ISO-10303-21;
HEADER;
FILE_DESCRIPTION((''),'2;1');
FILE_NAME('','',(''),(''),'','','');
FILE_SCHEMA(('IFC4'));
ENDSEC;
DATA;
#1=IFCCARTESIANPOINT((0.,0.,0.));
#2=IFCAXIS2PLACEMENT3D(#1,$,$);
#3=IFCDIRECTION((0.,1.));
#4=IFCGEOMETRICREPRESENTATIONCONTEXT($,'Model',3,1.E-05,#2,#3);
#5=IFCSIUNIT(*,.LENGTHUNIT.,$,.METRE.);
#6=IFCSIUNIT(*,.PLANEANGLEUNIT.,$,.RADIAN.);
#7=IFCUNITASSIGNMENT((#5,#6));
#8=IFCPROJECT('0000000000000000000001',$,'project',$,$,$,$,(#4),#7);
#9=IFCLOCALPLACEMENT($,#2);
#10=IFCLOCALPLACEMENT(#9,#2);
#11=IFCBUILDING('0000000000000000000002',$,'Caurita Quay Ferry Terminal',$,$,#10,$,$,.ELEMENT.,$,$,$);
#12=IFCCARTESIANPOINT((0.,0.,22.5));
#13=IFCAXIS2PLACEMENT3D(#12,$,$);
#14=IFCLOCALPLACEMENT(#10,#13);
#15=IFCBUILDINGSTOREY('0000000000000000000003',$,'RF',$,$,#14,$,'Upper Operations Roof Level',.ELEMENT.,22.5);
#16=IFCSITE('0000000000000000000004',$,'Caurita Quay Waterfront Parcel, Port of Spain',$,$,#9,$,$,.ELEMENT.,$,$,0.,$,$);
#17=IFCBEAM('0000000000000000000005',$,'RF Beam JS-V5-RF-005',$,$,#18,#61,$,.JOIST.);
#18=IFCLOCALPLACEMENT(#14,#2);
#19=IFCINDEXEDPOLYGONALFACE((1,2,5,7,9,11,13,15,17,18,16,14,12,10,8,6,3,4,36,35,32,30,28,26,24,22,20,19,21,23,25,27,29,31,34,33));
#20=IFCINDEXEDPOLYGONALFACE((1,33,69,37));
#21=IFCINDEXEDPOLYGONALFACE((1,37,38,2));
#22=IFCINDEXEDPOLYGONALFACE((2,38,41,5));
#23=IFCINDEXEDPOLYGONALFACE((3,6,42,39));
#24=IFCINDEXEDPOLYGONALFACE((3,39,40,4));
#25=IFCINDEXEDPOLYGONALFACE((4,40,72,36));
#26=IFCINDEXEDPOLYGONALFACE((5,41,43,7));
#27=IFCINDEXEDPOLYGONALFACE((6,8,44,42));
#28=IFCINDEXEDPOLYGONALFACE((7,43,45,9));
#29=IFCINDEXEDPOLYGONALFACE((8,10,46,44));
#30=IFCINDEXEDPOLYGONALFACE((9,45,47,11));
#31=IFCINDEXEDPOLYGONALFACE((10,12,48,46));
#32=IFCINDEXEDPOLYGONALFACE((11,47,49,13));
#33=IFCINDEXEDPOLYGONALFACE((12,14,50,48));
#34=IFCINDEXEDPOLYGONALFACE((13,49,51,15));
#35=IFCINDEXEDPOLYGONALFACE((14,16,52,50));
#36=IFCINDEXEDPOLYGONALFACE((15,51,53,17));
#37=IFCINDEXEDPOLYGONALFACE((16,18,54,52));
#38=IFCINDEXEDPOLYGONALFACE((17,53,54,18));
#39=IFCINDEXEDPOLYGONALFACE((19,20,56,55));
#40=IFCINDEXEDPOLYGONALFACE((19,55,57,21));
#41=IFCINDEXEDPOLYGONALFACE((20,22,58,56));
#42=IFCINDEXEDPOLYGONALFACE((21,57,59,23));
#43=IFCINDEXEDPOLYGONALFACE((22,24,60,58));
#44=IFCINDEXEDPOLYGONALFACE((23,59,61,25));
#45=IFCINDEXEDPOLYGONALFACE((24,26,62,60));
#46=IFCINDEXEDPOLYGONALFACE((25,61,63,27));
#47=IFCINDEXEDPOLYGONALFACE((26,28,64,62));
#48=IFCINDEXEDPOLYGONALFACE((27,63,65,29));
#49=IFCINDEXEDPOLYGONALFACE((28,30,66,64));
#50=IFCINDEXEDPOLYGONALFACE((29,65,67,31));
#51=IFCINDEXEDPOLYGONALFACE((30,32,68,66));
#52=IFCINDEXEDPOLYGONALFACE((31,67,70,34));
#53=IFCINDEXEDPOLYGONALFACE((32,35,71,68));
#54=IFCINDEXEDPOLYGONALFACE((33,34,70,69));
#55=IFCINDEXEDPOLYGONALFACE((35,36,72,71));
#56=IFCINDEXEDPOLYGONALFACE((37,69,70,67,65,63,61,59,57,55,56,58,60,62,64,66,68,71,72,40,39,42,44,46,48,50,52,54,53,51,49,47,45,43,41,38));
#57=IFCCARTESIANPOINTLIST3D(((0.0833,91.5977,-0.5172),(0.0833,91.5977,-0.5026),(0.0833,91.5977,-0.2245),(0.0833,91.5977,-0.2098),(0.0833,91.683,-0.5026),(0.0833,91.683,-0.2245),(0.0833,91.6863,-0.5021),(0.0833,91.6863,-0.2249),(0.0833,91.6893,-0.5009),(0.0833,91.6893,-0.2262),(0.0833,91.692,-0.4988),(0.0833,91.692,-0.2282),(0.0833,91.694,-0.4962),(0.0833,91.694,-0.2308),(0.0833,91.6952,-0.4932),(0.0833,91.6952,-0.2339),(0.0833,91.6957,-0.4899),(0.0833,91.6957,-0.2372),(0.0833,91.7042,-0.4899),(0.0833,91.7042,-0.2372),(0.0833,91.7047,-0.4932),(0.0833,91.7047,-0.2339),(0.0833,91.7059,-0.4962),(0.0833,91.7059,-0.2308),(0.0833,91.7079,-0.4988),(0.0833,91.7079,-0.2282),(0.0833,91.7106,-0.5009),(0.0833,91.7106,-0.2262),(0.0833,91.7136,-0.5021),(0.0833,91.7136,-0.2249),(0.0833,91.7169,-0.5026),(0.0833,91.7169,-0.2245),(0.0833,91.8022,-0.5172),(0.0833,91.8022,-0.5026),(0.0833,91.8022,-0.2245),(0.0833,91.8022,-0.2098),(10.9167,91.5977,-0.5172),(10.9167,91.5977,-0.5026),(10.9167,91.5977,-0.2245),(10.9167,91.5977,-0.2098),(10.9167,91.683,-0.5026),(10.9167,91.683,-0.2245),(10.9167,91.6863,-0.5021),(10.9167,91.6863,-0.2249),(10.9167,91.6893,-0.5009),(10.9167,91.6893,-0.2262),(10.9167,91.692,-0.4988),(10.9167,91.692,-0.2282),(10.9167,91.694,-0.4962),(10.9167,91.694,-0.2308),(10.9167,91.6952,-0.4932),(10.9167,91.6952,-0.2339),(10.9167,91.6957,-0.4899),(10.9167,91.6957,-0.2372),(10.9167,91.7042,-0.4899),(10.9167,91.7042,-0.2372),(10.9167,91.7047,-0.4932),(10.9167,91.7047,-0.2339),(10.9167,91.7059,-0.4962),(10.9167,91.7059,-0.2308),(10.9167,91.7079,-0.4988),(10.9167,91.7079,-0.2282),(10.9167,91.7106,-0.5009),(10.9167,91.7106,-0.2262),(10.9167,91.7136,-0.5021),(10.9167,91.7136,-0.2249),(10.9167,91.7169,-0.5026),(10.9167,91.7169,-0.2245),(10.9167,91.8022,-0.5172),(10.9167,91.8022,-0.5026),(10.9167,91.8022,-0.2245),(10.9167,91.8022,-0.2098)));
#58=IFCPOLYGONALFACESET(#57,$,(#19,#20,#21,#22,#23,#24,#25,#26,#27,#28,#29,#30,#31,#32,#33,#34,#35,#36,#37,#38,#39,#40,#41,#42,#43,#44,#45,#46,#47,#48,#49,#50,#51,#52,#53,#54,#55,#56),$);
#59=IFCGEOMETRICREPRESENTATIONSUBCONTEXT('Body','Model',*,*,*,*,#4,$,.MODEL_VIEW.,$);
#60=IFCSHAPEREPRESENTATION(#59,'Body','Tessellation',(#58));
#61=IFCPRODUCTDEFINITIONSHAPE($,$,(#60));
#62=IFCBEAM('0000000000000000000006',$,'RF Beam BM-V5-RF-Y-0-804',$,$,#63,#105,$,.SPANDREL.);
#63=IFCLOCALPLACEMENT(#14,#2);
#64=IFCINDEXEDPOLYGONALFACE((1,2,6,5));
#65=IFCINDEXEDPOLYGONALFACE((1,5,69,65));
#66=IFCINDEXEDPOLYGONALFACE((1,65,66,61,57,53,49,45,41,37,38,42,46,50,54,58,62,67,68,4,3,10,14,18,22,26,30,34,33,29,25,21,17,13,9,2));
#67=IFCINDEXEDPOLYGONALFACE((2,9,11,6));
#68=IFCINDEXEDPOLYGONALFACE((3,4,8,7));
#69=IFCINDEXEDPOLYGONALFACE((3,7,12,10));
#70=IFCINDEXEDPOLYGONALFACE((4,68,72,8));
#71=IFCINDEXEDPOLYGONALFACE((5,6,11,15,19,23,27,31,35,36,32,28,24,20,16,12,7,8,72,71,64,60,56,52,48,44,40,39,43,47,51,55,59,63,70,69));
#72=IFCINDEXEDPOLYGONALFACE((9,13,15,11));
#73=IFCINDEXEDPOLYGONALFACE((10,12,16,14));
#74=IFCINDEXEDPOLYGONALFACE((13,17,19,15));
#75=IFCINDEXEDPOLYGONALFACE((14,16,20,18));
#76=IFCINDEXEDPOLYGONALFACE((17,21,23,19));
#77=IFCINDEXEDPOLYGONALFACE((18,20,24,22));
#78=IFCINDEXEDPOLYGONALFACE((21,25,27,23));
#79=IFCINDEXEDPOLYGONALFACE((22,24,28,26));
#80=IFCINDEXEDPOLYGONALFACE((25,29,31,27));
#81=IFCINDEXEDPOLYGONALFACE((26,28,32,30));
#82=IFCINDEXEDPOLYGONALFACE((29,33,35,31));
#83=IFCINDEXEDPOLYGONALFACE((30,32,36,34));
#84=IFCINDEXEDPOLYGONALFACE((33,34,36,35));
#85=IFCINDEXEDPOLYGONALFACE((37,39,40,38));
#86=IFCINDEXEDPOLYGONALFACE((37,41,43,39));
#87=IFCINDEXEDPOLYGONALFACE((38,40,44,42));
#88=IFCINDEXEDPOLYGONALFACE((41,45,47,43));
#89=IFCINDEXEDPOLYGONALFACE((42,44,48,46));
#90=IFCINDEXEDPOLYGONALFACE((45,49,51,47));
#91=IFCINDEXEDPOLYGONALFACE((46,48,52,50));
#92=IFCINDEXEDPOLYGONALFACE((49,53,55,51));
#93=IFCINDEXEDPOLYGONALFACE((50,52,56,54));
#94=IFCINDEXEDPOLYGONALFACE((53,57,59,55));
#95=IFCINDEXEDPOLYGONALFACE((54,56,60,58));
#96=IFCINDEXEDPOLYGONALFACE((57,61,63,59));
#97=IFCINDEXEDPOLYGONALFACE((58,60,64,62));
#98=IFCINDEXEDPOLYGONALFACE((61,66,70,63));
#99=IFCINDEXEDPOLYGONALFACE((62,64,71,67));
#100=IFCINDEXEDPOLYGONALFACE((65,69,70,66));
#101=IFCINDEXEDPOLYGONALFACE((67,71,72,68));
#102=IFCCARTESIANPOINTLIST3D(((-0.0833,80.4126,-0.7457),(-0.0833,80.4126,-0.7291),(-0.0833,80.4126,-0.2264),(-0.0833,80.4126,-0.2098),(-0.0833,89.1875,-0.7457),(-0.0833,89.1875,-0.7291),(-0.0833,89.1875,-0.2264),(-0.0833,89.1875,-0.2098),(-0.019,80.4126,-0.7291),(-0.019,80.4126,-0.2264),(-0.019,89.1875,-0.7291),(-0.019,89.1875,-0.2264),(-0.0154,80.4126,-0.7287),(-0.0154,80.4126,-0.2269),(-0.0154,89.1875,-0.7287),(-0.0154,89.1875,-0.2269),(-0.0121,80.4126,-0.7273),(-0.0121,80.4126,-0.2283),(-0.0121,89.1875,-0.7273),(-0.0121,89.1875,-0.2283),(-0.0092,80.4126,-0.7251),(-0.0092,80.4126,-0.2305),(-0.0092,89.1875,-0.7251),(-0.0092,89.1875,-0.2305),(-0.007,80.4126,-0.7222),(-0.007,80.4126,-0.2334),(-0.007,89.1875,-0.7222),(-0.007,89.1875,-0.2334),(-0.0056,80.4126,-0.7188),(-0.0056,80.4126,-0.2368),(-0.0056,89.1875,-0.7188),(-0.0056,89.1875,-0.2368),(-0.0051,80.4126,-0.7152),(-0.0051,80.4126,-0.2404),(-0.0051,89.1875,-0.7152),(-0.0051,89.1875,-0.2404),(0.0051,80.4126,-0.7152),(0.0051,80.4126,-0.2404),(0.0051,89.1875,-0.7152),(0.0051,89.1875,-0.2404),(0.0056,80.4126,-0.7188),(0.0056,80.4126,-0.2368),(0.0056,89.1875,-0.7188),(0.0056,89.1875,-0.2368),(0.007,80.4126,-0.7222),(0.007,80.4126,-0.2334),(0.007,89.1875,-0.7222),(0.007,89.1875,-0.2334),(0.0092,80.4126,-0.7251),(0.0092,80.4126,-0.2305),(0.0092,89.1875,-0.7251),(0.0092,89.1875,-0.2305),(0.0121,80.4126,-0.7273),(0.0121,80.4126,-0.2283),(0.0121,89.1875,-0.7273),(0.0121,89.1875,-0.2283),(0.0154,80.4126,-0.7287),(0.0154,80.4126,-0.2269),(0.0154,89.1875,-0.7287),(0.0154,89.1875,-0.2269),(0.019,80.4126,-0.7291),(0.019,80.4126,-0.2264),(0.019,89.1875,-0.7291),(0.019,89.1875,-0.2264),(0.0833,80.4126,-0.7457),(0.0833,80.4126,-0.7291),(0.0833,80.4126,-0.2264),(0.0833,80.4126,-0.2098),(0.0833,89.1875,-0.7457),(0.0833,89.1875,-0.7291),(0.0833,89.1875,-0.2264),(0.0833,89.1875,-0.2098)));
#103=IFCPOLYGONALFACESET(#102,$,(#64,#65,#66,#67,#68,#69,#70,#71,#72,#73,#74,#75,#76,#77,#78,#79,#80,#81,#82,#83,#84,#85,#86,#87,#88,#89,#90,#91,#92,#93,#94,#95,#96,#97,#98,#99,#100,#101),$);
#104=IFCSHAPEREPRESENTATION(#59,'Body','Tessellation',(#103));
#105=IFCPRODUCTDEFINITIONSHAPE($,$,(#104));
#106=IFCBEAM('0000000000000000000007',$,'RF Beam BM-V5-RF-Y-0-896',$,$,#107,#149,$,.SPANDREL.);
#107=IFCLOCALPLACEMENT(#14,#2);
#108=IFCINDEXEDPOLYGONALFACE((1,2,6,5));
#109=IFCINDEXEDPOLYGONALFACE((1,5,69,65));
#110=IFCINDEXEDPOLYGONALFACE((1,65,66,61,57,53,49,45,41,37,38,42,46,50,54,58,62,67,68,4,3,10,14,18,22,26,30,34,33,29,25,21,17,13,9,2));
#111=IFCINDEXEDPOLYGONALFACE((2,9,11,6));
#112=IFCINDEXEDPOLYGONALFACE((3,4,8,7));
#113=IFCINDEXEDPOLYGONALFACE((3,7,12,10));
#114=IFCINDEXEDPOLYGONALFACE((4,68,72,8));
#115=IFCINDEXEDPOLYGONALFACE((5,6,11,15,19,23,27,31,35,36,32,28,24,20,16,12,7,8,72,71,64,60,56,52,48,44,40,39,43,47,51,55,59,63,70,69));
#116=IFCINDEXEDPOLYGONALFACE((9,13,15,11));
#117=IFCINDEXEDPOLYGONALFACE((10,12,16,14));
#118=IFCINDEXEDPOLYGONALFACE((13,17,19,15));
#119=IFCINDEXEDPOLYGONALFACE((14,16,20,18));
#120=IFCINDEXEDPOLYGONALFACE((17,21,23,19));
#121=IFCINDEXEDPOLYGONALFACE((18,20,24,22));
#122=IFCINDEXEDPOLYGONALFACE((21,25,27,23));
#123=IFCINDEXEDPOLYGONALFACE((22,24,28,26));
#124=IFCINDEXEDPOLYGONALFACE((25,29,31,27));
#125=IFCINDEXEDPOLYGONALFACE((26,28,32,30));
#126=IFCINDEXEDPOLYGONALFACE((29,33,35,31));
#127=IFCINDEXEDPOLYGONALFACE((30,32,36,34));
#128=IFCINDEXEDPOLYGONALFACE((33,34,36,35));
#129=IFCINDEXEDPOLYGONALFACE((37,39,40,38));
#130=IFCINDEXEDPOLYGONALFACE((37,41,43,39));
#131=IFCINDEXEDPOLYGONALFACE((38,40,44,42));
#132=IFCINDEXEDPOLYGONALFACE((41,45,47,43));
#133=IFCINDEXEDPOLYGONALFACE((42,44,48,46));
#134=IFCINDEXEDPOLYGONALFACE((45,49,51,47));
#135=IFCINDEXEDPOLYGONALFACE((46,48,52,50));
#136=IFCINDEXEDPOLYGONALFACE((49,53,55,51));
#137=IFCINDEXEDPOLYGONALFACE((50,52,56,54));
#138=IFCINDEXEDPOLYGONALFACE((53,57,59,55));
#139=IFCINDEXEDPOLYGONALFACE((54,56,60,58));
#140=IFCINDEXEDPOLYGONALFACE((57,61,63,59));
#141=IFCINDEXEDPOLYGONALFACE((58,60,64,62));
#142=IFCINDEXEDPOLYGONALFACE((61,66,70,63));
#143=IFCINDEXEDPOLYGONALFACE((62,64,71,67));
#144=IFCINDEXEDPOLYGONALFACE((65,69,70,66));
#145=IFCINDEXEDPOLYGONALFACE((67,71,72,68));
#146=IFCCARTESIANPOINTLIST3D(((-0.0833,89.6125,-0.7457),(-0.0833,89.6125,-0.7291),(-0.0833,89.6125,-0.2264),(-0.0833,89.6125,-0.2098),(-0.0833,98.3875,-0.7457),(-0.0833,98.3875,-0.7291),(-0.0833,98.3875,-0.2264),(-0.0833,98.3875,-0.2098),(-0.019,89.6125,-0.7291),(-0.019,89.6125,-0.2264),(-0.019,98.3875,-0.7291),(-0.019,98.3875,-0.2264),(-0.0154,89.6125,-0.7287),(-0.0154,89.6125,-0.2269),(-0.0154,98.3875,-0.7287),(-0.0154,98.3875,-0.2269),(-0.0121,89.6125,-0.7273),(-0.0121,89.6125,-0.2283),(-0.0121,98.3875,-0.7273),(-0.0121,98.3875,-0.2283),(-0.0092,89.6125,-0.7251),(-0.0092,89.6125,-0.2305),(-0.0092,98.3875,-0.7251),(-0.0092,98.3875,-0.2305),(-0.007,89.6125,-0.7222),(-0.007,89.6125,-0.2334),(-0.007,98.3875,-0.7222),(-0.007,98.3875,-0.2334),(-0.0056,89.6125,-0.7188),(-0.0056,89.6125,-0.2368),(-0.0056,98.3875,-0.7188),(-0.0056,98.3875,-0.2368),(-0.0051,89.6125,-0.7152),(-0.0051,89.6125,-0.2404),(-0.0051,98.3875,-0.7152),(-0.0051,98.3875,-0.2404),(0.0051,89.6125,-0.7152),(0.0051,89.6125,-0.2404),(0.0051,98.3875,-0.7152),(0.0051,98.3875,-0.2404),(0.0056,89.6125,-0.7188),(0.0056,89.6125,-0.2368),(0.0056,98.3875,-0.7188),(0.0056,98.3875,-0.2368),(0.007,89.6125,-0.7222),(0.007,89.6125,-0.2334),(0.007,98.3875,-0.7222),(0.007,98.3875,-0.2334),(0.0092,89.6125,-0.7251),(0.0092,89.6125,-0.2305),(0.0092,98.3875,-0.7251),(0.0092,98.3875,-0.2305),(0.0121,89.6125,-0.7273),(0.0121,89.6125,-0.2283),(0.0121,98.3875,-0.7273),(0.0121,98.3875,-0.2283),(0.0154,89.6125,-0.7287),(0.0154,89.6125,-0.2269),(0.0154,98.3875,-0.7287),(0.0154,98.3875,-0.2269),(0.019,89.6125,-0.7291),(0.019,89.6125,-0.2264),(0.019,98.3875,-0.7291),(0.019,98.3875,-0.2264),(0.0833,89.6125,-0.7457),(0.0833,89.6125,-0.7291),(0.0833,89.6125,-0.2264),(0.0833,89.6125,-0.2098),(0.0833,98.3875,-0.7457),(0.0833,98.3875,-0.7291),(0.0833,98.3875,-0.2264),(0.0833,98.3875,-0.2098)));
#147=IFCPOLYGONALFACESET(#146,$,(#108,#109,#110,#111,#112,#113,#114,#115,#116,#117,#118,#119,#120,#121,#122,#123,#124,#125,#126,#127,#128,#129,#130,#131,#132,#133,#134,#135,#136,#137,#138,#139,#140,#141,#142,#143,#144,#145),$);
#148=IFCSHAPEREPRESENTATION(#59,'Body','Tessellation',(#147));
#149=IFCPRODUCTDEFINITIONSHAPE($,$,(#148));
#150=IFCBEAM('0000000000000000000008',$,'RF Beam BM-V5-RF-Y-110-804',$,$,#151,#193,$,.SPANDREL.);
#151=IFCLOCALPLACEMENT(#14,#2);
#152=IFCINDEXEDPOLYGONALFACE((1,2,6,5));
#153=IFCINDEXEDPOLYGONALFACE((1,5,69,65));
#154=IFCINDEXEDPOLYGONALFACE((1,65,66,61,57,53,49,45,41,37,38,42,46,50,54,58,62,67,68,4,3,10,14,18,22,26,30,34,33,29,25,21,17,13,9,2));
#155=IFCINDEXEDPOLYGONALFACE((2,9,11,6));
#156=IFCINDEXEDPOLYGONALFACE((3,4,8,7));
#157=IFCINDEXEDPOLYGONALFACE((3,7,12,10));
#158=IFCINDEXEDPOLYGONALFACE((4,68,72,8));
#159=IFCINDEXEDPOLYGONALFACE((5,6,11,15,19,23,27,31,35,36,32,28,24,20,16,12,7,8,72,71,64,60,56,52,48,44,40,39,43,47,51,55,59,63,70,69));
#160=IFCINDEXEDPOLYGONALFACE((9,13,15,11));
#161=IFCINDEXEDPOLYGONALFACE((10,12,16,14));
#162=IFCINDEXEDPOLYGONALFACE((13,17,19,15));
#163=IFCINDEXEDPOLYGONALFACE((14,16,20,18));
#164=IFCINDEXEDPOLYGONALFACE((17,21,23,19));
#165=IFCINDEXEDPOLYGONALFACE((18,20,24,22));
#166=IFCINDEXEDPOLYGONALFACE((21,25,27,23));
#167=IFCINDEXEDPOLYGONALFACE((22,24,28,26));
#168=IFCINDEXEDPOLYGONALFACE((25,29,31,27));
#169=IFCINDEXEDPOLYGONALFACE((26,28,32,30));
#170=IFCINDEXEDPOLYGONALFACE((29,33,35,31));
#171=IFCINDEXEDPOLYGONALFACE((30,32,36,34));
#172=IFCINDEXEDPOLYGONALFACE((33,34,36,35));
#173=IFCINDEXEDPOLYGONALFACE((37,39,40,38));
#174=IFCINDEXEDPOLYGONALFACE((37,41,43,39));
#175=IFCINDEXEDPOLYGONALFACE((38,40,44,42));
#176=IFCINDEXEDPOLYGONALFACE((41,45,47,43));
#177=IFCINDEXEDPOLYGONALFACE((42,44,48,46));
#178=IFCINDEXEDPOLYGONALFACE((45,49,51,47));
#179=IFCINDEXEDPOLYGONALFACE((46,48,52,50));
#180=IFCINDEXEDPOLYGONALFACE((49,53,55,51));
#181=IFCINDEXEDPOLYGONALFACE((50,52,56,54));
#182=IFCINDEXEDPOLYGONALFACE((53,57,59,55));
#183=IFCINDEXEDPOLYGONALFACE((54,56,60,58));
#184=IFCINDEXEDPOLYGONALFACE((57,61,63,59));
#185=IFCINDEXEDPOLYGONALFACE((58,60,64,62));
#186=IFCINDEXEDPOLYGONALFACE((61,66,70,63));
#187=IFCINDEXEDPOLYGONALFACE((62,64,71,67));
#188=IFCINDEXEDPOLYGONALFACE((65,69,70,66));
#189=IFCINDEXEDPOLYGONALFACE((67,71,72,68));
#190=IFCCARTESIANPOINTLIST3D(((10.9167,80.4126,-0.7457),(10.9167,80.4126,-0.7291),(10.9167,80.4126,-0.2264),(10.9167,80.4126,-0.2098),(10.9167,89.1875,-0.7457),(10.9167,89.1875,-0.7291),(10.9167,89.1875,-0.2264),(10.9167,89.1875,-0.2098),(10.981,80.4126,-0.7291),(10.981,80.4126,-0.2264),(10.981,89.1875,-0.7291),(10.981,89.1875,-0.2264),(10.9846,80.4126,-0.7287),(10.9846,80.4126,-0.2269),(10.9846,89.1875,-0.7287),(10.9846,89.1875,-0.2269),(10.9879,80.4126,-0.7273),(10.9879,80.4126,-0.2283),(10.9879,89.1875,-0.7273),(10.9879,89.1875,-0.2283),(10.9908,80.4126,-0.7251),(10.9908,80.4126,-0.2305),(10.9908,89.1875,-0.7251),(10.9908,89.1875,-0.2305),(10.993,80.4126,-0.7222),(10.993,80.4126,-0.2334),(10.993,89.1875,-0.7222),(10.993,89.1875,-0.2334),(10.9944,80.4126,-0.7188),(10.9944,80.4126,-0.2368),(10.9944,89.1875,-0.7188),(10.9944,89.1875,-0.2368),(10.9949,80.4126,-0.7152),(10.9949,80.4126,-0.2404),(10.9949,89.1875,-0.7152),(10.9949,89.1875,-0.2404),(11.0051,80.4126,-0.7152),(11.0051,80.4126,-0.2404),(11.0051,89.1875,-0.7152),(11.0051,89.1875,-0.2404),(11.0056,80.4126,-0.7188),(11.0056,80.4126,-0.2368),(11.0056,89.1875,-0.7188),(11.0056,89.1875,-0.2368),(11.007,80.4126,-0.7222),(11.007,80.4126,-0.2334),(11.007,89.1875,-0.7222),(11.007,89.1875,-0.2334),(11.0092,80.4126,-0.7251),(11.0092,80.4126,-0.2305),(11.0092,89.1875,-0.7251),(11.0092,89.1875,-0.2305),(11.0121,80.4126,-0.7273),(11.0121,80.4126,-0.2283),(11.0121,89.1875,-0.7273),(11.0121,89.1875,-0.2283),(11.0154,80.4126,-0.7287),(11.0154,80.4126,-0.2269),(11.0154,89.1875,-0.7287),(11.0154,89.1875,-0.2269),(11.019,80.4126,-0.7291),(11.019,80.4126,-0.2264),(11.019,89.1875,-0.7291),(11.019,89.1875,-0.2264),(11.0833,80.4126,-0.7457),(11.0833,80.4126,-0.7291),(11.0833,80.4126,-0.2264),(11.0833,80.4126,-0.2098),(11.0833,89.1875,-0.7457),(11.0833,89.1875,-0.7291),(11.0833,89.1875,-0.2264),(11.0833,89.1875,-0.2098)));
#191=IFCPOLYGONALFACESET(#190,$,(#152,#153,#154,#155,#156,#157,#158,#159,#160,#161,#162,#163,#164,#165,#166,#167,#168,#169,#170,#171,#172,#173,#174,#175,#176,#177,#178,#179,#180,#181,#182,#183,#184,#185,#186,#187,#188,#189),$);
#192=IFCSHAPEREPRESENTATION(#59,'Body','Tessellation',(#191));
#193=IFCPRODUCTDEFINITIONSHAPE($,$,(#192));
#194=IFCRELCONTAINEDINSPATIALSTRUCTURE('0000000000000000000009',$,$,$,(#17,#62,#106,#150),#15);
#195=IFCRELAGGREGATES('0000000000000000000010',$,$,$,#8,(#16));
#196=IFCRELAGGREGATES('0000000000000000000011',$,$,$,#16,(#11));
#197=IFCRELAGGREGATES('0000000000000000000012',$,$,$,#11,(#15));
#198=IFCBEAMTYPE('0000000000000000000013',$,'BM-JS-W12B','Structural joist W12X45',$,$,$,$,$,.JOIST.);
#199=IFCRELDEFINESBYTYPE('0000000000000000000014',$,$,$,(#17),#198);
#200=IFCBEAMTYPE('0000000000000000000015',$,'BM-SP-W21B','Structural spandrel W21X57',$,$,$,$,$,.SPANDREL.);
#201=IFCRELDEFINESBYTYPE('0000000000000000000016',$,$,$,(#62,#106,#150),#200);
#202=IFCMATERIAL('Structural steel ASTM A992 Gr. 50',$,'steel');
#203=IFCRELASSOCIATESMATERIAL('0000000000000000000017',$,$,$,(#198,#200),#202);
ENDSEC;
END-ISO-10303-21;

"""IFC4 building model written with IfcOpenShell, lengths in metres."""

from ifc_helpers import new_model, si_unit, direction, frame, origin, origin_2d, place, context, subcontext, project, spatial, i_section, extrude, material, material_profile, profile_set, type_object, element, save


model = new_model("IFC4")

# Units and contexts
model_context = context("Model", 3, precision=1e-05, world=origin(), true_north=direction((0.0, 1.0)))
body_context = subcontext(model_context, "Body", "Model", "MODEL_VIEW")
ifc_project = project(units=[si_unit("LENGTHUNIT", "METRE"), si_unit("PLANEANGLEUNIT", "RADIAN")], contexts=[model_context])

# Site, building, storey
site_placement = place(None, origin())
site = spatial("IfcSite", under=ifc_project, at=site_placement, Name="Caurita Quay Waterfront Parcel, Port of Spain", CompositionType="ELEMENT", RefElevation=0.0)
building_placement = place(site_placement, origin())
building = spatial("IfcBuilding", under=site, at=building_placement, Name="Caurita Quay Ferry Terminal", CompositionType="ELEMENT")
storey_placement = place(building_placement, frame((0.0, 0.0, 22.5)))
storey = spatial("IfcBuildingStorey", under=building, at=storey_placement, Name="RF", LongName="Upper Operations Roof Level", CompositionType="ELEMENT", Elevation=22.5)

# Beams
ifc_material_1 = material(Name="Structural steel ASTM A992 Gr. 50", Category="steel")
ifc_material_profile_1 = material_profile(ifc_material_1, i_section(OverallWidth=0.2046, OverallDepth=0.3074, WebThickness=0.0085, FlangeThickness=0.0146, FilletRadius=0.0127, at=origin_2d()), Name="W12X45")
ifc_profile_set_1 = profile_set([ifc_material_profile_1], Name="Structural steel ASTM A992 Gr. 50")
beam_type_1 = type_object("IfcBeamType", Name="BM-JS-W12B", Description="Structural joist W12X45", PredefinedType="JOIST", material=ifc_profile_set_1)
for number, where, z_axis, x_axis, name in (
    (1, (0.0833, 91.7, -0.3635), (1.0, 0.0, 0.0), (0.0, 1.0, 0.0), "RF Beam JS-V5-RF-005"),
):
    element("IfcBeam", number, at=place(storey_placement, frame(where, z_axis=z_axis, x_axis=x_axis)), inside=storey, type_object=beam_type_1, Name=name, PredefinedType="JOIST", context=body_context, shape_type="SweptSolid", body=[
        extrude(i_section(OverallWidth=0.2046, OverallDepth=0.3074, WebThickness=0.0085, FlangeThickness=0.0146, FilletRadius=0.0127, at=origin_2d()), origin(), (0.0, 0.0, 1.0), 10.8335),
    ])
ifc_material_profile_2 = material_profile(ifc_material_1, i_section(OverallWidth=0.1665, OverallDepth=0.5359, WebThickness=0.0103, FlangeThickness=0.0166, FilletRadius=0.0139, at=origin_2d()), Name="W21X57")
ifc_profile_set_2 = profile_set([ifc_material_profile_2], Name="Structural steel ASTM A992 Gr. 50")
beam_type_2 = type_object("IfcBeamType", Name="BM-SP-W21B", Description="Structural spandrel W21X57", PredefinedType="SPANDREL", material=ifc_profile_set_2)
for number, where, z_axis, x_axis, name in (
    (2, (0.0, 80.4126, -0.4778), (0.0, 1.0, 0.0), (-1.0, 0.0, 0.0), "RF Beam BM-V5-RF-Y-0-804"),
    (3, (0.0, 89.6125, -0.4778), (0.0, 1.0, 0.0), (-1.0, 0.0, 0.0), "RF Beam BM-V5-RF-Y-0-896"),
    (4, (11.0, 80.4126, -0.4778), (0.0, 1.0, 0.0), (-1.0, 0.0, 0.0), "RF Beam BM-V5-RF-Y-110-804"),
):
    element("IfcBeam", number, at=place(storey_placement, frame(where, z_axis=z_axis, x_axis=x_axis)), inside=storey, type_object=beam_type_2, Name=name, PredefinedType="SPANDREL", context=body_context, shape_type="SweptSolid", body=[
        extrude(i_section(OverallWidth=0.1665, OverallDepth=0.5359, WebThickness=0.0103, FlangeThickness=0.0166, FilletRadius=0.0139, at=origin_2d()), origin(), (0.0, 0.0, 1.0), 8.7749),
    ])

save(model, "model.ifc")
